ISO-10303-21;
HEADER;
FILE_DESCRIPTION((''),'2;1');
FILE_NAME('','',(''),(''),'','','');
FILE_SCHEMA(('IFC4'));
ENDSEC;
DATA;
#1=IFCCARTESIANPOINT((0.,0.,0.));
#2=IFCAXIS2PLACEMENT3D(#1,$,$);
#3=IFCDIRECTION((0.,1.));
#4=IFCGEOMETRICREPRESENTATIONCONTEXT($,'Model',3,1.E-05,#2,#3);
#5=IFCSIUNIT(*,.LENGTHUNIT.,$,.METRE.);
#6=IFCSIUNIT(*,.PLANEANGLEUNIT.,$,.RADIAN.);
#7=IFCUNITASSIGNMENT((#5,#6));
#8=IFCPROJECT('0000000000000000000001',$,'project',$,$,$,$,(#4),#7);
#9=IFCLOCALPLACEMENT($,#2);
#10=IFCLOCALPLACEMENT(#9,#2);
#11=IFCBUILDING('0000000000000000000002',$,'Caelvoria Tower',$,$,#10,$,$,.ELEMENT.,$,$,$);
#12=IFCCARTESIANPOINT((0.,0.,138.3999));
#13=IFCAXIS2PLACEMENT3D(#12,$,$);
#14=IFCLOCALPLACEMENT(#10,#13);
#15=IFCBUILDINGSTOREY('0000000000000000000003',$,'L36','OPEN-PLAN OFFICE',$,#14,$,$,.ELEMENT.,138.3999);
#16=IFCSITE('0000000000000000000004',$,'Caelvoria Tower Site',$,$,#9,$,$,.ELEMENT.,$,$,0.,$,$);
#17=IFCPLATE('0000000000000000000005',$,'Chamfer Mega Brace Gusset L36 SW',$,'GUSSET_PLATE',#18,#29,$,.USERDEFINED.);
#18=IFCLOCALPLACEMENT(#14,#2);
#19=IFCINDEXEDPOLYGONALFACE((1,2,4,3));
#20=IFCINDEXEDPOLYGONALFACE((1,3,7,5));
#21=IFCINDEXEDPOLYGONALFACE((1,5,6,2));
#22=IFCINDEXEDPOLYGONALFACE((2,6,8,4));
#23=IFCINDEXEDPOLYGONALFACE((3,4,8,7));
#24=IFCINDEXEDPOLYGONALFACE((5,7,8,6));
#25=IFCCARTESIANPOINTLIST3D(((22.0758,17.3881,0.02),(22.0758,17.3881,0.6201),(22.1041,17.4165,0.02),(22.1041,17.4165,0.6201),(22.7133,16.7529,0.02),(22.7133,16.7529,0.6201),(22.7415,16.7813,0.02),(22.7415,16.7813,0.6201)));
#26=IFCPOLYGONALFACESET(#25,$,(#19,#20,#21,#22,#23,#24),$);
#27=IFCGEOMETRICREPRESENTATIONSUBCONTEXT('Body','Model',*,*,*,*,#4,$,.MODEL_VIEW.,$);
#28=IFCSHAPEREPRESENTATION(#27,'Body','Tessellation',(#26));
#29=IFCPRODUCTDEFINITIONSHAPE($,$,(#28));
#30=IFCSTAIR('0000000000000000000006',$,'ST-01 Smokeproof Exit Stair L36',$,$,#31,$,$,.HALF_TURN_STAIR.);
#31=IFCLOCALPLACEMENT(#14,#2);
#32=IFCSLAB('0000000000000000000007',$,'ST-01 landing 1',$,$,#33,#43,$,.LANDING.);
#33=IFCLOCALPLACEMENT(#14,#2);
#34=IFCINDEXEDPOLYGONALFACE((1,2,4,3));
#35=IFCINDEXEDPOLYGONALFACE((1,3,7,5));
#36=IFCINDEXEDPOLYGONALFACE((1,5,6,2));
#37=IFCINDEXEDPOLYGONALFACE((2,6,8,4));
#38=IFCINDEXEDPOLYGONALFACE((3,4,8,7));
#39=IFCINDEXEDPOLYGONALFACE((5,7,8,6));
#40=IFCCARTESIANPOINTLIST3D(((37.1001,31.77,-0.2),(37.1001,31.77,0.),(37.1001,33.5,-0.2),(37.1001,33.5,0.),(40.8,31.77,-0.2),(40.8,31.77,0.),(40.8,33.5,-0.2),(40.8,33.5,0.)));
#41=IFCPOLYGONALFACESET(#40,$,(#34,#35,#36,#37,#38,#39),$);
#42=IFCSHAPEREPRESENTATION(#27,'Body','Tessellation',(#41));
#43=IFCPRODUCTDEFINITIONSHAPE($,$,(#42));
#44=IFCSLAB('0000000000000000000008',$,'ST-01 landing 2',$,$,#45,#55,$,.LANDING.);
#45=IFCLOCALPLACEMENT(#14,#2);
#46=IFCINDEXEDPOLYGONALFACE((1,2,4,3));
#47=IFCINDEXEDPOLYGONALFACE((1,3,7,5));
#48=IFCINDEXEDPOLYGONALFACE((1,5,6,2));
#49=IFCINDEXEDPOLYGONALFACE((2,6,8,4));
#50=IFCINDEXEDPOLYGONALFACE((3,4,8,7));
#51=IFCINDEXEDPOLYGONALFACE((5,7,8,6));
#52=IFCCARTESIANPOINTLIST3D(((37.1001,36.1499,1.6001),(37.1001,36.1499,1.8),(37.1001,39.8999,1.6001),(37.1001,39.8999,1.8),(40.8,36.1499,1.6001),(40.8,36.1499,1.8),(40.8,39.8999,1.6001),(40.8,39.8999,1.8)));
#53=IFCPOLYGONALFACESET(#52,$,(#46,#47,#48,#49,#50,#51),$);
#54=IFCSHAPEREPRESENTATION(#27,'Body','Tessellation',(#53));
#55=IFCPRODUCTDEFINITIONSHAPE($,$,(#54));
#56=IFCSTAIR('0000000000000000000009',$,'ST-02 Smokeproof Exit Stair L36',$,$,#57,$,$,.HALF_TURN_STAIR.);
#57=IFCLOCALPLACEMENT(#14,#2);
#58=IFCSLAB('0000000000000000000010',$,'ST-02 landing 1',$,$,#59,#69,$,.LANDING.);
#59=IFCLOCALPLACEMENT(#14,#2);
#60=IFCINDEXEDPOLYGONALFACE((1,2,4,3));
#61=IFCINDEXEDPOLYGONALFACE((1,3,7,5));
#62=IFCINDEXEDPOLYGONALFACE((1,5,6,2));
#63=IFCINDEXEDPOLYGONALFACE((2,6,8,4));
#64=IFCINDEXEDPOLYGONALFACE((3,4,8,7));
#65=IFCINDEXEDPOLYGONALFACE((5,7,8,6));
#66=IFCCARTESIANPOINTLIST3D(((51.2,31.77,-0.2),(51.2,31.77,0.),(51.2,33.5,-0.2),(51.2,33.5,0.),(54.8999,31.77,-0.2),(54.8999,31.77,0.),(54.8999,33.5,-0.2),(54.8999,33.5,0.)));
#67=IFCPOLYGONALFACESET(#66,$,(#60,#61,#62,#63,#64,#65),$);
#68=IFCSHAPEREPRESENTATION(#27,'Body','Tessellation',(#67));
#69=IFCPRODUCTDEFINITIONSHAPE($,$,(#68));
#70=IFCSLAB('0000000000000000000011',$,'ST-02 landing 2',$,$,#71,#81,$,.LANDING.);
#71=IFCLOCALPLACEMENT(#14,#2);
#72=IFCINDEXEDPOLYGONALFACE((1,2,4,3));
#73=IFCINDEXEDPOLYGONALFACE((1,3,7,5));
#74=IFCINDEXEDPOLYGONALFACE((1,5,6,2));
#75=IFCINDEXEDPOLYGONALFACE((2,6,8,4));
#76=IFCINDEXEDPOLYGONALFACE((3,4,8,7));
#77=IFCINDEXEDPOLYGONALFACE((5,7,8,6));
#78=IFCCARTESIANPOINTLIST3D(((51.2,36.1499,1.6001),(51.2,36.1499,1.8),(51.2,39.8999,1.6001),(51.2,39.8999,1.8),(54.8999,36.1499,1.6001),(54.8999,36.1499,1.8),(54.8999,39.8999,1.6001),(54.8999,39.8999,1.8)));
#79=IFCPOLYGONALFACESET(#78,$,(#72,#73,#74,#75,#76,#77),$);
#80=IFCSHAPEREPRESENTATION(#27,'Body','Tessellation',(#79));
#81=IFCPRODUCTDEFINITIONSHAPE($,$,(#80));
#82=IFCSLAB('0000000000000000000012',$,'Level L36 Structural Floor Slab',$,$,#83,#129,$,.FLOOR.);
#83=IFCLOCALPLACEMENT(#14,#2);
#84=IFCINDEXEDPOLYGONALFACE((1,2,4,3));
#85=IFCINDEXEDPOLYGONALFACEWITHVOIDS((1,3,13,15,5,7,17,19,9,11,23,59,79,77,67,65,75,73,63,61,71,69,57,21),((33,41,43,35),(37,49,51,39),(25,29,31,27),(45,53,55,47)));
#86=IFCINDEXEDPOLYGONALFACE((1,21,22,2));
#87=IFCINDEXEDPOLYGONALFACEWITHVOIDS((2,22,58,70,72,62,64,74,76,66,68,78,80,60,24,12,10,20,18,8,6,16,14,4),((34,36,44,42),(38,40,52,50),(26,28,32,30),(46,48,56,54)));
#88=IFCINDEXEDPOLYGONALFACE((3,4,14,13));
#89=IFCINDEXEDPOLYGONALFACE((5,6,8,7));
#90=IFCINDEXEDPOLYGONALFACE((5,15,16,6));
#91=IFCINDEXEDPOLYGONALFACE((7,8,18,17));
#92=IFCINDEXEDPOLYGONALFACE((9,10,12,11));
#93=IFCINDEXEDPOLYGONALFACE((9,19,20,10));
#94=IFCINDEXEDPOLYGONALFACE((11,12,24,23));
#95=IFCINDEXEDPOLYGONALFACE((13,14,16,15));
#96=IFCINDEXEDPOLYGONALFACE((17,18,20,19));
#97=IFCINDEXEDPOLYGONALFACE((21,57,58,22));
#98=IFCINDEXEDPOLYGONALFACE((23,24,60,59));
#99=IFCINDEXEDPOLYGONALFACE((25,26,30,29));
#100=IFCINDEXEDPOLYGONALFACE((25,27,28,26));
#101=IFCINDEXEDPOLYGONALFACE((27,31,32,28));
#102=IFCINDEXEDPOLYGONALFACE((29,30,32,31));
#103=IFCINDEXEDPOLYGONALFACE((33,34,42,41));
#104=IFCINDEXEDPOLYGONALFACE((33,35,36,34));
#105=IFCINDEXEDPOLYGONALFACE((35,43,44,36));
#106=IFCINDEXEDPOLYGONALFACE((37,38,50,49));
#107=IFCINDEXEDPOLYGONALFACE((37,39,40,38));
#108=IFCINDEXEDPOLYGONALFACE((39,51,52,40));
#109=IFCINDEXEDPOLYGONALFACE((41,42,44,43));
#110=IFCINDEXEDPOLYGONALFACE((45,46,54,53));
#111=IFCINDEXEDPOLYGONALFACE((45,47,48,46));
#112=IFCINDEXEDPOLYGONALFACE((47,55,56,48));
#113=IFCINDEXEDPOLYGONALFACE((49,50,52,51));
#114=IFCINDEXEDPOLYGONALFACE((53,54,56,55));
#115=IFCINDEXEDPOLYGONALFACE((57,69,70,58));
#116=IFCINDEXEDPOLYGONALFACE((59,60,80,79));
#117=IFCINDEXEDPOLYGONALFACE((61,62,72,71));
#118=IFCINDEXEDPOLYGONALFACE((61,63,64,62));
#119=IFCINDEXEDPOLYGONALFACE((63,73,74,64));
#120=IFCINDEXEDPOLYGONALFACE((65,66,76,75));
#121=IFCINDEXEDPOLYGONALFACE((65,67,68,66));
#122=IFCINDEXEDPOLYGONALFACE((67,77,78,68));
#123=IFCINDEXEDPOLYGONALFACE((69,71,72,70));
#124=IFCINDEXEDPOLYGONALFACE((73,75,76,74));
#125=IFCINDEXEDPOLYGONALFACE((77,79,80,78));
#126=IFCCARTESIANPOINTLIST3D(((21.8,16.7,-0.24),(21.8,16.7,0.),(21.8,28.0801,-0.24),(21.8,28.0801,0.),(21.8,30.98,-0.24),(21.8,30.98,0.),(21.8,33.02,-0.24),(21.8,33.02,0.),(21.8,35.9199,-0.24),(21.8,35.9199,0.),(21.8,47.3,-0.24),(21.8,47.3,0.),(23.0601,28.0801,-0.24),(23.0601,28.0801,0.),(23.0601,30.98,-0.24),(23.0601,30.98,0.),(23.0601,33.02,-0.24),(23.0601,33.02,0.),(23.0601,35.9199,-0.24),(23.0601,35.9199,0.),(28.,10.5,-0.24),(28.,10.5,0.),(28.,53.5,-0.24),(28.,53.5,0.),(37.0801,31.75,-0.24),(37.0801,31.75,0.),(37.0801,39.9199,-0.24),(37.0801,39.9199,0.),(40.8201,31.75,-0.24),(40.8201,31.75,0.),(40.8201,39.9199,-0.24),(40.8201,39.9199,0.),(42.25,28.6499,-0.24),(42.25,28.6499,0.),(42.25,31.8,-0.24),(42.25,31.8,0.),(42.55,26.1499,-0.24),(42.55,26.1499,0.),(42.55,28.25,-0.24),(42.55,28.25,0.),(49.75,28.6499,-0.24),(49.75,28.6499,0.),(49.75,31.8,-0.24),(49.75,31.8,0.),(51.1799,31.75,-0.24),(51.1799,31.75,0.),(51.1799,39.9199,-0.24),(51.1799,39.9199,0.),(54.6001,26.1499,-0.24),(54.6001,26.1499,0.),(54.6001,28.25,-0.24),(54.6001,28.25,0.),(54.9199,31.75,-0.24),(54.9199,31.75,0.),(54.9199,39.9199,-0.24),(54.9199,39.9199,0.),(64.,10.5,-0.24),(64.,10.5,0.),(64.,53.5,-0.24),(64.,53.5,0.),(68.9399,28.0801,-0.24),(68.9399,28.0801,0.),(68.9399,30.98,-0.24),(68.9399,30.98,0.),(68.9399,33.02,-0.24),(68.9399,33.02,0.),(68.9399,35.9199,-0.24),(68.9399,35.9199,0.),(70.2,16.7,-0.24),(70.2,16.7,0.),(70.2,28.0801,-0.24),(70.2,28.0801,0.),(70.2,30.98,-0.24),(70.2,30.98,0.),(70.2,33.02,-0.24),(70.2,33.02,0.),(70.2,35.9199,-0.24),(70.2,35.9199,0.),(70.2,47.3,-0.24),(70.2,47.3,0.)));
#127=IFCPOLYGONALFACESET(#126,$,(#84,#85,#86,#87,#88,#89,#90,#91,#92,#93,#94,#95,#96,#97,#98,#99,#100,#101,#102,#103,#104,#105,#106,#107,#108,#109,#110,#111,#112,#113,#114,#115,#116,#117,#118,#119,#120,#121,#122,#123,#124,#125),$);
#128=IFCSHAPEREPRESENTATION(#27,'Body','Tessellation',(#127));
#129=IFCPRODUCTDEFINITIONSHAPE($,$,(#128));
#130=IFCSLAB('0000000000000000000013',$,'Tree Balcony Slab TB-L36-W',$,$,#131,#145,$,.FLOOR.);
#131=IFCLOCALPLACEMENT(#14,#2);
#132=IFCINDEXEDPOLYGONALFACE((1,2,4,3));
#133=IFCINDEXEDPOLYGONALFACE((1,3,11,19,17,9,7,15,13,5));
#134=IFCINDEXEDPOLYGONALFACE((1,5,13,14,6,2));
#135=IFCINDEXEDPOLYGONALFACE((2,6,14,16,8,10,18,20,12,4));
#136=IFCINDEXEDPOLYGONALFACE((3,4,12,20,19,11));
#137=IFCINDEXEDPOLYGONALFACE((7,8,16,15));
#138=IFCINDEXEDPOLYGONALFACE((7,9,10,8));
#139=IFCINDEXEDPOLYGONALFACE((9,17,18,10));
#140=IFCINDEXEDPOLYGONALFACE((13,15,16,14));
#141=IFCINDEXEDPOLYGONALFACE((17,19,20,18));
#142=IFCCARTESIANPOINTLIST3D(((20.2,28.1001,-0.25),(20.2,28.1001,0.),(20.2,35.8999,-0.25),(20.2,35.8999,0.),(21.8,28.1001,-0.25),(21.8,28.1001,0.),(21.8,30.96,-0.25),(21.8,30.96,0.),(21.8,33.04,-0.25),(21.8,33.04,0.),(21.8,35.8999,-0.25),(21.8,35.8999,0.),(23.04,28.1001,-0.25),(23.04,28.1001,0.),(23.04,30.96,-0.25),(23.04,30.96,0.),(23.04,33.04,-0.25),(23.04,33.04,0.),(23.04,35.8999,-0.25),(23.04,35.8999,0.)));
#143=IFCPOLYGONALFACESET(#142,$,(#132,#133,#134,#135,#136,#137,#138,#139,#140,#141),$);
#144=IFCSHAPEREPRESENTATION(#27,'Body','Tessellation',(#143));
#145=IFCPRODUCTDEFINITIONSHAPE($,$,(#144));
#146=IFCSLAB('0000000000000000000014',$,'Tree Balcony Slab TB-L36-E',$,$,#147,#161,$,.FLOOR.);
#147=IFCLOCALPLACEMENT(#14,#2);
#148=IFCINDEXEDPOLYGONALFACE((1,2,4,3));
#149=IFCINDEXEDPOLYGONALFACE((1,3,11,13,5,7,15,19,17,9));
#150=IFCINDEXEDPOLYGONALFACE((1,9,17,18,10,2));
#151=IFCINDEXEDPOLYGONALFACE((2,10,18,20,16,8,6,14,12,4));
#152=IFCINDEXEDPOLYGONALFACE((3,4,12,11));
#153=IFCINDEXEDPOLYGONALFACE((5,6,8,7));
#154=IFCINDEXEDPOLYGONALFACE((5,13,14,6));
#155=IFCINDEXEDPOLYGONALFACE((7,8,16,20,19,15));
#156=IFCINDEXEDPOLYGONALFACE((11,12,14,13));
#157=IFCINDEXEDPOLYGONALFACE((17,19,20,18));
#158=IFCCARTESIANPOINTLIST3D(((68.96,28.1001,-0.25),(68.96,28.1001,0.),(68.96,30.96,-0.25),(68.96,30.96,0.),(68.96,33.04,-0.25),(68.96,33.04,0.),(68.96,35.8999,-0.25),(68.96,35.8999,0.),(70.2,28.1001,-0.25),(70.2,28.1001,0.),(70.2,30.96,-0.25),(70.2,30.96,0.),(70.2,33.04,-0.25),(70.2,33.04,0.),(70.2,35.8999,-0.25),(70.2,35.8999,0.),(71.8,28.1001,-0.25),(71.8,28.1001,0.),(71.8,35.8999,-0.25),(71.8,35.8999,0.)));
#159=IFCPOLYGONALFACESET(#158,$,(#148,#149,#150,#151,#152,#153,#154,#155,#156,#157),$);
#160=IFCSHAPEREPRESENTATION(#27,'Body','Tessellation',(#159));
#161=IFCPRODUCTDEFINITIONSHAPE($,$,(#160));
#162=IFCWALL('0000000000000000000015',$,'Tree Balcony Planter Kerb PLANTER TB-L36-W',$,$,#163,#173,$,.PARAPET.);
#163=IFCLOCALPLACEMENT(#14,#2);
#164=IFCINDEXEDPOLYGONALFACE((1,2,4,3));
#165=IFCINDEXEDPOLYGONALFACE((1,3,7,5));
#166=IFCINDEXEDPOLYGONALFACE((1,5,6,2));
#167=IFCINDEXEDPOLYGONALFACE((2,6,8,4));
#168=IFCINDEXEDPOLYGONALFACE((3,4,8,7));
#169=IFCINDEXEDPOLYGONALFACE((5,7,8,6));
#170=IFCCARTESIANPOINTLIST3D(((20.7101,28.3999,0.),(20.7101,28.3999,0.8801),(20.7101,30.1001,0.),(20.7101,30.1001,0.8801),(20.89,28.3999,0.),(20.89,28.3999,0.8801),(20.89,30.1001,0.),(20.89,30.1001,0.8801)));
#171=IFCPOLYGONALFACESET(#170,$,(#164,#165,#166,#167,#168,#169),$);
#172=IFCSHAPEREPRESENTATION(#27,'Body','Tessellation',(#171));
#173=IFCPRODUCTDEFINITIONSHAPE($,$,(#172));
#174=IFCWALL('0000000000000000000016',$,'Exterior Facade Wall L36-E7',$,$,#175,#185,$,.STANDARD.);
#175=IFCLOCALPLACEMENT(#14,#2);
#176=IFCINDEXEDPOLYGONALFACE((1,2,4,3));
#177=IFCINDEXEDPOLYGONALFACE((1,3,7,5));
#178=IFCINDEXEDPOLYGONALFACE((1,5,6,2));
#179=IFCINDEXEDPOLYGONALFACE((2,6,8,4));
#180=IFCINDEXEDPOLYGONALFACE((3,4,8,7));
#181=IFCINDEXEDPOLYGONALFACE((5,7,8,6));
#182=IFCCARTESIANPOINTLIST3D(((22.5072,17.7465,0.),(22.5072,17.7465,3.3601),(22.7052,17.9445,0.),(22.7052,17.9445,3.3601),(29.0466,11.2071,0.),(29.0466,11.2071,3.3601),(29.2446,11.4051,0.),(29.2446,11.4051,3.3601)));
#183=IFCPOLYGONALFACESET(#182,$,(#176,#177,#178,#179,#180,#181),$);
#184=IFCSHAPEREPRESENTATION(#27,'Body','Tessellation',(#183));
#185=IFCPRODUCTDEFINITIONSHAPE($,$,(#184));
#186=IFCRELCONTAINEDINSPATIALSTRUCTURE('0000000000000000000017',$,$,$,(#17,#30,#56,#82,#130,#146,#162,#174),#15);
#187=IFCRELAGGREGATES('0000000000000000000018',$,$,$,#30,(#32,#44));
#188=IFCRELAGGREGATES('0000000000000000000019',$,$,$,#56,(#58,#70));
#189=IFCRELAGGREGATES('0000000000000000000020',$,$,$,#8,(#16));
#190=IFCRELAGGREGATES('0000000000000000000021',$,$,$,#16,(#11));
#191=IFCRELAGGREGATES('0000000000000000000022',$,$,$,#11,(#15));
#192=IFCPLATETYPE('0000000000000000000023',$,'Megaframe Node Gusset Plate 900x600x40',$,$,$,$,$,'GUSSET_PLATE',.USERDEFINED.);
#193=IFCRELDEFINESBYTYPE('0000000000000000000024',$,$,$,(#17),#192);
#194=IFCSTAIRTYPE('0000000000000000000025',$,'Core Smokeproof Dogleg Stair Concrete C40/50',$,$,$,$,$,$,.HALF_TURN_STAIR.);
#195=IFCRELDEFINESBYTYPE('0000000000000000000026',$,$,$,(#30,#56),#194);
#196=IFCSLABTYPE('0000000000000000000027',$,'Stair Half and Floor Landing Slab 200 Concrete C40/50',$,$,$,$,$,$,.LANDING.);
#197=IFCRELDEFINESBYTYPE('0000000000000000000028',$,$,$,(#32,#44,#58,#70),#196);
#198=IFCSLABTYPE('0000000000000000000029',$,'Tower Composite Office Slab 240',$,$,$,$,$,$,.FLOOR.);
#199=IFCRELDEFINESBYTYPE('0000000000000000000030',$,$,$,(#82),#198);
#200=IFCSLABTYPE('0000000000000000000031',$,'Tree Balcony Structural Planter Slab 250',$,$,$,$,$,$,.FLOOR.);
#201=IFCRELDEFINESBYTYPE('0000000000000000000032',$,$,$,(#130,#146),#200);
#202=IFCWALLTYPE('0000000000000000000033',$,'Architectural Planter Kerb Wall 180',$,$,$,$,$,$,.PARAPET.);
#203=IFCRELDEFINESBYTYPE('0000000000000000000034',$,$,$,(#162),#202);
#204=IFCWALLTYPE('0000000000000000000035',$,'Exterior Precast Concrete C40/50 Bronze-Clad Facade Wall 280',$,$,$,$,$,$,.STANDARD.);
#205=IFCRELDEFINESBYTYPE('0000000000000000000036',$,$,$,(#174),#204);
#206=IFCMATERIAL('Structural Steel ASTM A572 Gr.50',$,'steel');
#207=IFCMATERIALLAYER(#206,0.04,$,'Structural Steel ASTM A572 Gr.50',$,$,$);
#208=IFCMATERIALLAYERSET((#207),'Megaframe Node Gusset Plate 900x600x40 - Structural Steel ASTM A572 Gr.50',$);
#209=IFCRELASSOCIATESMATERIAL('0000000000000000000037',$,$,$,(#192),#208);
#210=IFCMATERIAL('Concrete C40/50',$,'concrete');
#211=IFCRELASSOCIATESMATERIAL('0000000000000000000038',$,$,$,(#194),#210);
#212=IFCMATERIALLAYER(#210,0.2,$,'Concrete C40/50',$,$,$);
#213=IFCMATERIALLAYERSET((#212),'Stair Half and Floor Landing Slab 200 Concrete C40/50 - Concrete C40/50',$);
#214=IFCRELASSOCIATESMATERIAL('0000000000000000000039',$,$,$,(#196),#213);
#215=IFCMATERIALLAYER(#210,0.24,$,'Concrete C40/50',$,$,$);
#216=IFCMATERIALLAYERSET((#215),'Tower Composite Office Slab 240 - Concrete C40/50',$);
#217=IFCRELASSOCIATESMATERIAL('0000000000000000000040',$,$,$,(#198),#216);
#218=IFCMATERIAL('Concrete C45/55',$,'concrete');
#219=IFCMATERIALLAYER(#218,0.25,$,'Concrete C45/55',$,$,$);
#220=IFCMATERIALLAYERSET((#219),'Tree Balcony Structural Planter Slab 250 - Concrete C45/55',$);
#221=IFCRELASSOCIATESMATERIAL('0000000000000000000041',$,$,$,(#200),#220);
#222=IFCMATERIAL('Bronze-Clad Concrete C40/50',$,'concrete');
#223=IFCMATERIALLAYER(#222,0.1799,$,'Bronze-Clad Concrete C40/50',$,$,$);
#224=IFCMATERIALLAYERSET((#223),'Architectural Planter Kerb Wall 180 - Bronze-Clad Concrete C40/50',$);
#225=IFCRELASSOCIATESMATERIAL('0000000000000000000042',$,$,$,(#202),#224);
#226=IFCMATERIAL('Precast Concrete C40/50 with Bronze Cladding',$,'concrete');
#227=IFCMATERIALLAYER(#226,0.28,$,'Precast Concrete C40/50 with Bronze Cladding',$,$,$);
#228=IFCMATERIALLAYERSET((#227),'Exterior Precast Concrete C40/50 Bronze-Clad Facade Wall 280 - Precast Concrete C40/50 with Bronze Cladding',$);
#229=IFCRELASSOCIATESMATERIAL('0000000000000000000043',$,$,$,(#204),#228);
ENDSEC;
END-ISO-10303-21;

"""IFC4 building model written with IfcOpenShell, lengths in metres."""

from ifc_helpers import new_model, si_unit, direction, frame, frame_2d, origin, origin_2d, place, context, subcontext, project, spatial, polyline, rectangle, outline, extrude, material, layer, layer_set, type_object, element, aggregate, save


model = new_model("IFC4")

# Units and contexts
model_context = context("Model", 3, precision=1e-05, world=origin(), true_north=direction((0.0, 1.0)))
body_context = subcontext(model_context, "Body", "Model", "MODEL_VIEW")
ifc_project = project(units=[si_unit("LENGTHUNIT", "METRE"), si_unit("PLANEANGLEUNIT", "RADIAN")], contexts=[model_context])

# Site, building, storey
site_placement = place(None, origin())
site = spatial("IfcSite", under=ifc_project, at=site_placement, Name="Caelvoria Tower Site", CompositionType="ELEMENT", RefElevation=0.0)
building_placement = place(site_placement, origin())
building = spatial("IfcBuilding", under=site, at=building_placement, Name="Caelvoria Tower", CompositionType="ELEMENT")
storey_placement = place(building_placement, frame((0.0, 0.0, 138.3999)))
storey = spatial("IfcBuildingStorey", under=building, at=storey_placement, Name="L36", Description="OPEN-PLAN OFFICE", CompositionType="ELEMENT", Elevation=138.3999)

# Shared definitions
ifc_material_1 = material(Name="Structural Steel ASTM A572 Gr.50", Category="steel")

# Plate
ifc_layer_1 = layer(ifc_material_1, 0.04, Name="Structural Steel ASTM A572 Gr.50")
ifc_layer_set_1 = layer_set([ifc_layer_1], Name="Megaframe Node Gusset Plate 900x600x40 - Structural Steel ASTM A572 Gr.50")
plate_type = type_object("IfcPlateType", Name="Megaframe Node Gusset Plate 900x600x40", ElementType="GUSSET_PLATE", PredefinedType="USERDEFINED", material=ifc_layer_set_1)
plate_placement = place(storey_placement, frame((22.4087, 17.0847, 0.02), z_axis=(0.0, 0.0, 1.0), x_axis=(0.708329, -0.705883, 0.0)))
element("IfcPlate", 1, at=plate_placement, inside=storey, type_object=plate_type, Name="Chamfer Mega Brace Gusset L36 SW", ObjectType="GUSSET_PLATE", PredefinedType="USERDEFINED", context=body_context, shape_type="SweptSolid", body=[
    extrude(rectangle(XDim=0.8999, YDim=0.04, at=origin_2d()), origin(), (0.0, 0.0, 1.0), 0.6001),
])

# Stairs, slabs
ifc_material_2 = material(Name="Concrete C40/50", Category="concrete")
stair_type = type_object("IfcStairType", Name="Core Smokeproof Dogleg Stair Concrete C40/50", PredefinedType="HALF_TURN_STAIR", material=ifc_material_2)
stair_1_placement = place(storey_placement, origin())
stair_1 = element("IfcStair", 2, at=stair_1_placement, inside=storey, type_object=stair_type, Name="ST-01 Smokeproof Exit Stair L36", PredefinedType="HALF_TURN_STAIR")
ifc_layer_2 = layer(ifc_material_2, 0.2, Name="Concrete C40/50")
ifc_layer_set_2 = layer_set([ifc_layer_2], Name="Stair Half and Floor Landing Slab 200 Concrete C40/50 - Concrete C40/50")
slab_type_1 = type_object("IfcSlabType", Name="Stair Half and Floor Landing Slab 200 Concrete C40/50", PredefinedType="LANDING", material=ifc_layer_set_2)
slab_1_placement = place(storey_placement, frame((0.0, 0.0, -0.2)))
slab_1 = element("IfcSlab", 3, at=slab_1_placement, type_object=slab_type_1, Name="ST-01 landing 1", PredefinedType="LANDING", context=body_context, shape_type="SweptSolid", body=[
    extrude(outline(polyline([(37.1001, 31.77), (40.8, 31.77), (40.8, 33.5), (37.1001, 33.5), (37.1001, 31.77)])), origin(), (0.0, 0.0, 1.0), 0.2),
])
slab_2_placement = place(storey_placement, frame((0.0, 0.0, 1.6001)))
slab_2 = element("IfcSlab", 4, at=slab_2_placement, type_object=slab_type_1, Name="ST-01 landing 2", PredefinedType="LANDING", context=body_context, shape_type="SweptSolid", body=[
    extrude(outline(polyline([(37.1001, 36.1499), (40.8, 36.1499), (40.8, 39.8999), (37.1001, 39.8999), (37.1001, 36.1499)])), origin(), (0.0, 0.0, 1.0), 0.2),
])
aggregate(stair_1, [slab_1, slab_2])
stair_2_placement = place(storey_placement, origin())
stair_2 = element("IfcStair", 5, at=stair_2_placement, inside=storey, type_object=stair_type, Name="ST-02 Smokeproof Exit Stair L36", PredefinedType="HALF_TURN_STAIR")
slab_3_placement = place(storey_placement, frame((0.0, 0.0, -0.2)))
slab_3 = element("IfcSlab", 6, at=slab_3_placement, type_object=slab_type_1, Name="ST-02 landing 1", PredefinedType="LANDING", context=body_context, shape_type="SweptSolid", body=[
    extrude(outline(polyline([(51.2, 31.77), (54.8999, 31.77), (54.8999, 33.5), (51.2, 33.5), (51.2, 31.77)])), origin(), (0.0, 0.0, 1.0), 0.2),
])
slab_4_placement = place(storey_placement, frame((0.0, 0.0, 1.6001)))
slab_4 = element("IfcSlab", 7, at=slab_4_placement, type_object=slab_type_1, Name="ST-02 landing 2", PredefinedType="LANDING", context=body_context, shape_type="SweptSolid", body=[
    extrude(outline(polyline([(51.2, 36.1499), (54.8999, 36.1499), (54.8999, 39.8999), (51.2, 39.8999), (51.2, 36.1499)])), origin(), (0.0, 0.0, 1.0), 0.2),
])
aggregate(stair_2, [slab_3, slab_4])

# Slabs
ifc_layer_3 = layer(ifc_material_2, 0.24, Name="Concrete C40/50")
ifc_layer_set_3 = layer_set([ifc_layer_3], Name="Tower Composite Office Slab 240 - Concrete C40/50")
slab_type_2 = type_object("IfcSlabType", Name="Tower Composite Office Slab 240", PredefinedType="FLOOR", material=ifc_layer_set_3)
slab_5_placement = place(storey_placement, frame((0.0, 0.0, -0.24)))
element("IfcSlab", 8, at=slab_5_placement, inside=storey, type_object=slab_type_2, Name="Level L36 Structural Floor Slab", PredefinedType="FLOOR", context=body_context, shape_type="SweptSolid", body=[
    extrude(outline(polyline([(64.0, 53.5), (28.0, 53.5), (21.8, 47.3), (21.8, 35.9199), (23.0601, 35.9199), (23.0601, 33.02), (21.8, 33.02), (21.8, 30.98), (23.0601, 30.98), (23.0601, 28.0801), (21.8, 28.0801), (21.8, 16.7), (28.0, 10.5), (64.0, 10.5), (70.2, 16.7), (70.2, 28.0801), (68.9399, 28.0801), (68.9399, 30.98), (70.2, 30.98), (70.2, 33.02), (68.9399, 33.02), (68.9399, 35.9199), (70.2, 35.9199), (70.2, 47.3), (64.0, 53.5)]), holes=[polyline([(37.0801, 31.75), (40.8201, 31.75), (40.8201, 39.9199), (37.0801, 39.9199), (37.0801, 31.75)]), polyline([(51.1799, 31.75), (54.9199, 31.75), (54.9199, 39.9199), (51.1799, 39.9199), (51.1799, 31.75)]), polyline([(42.25, 28.6499), (49.75, 28.6499), (49.75, 31.8), (42.25, 31.8), (42.25, 28.6499)]), polyline([(42.55, 26.1499), (54.6001, 26.1499), (54.6001, 28.25), (42.55, 28.25), (42.55, 26.1499)])]), origin(), (0.0, 0.0, 1.0), 0.24),
])
ifc_material_3 = material(Name="Concrete C45/55", Category="concrete")
ifc_layer_4 = layer(ifc_material_3, 0.25, Name="Concrete C45/55")
ifc_layer_set_4 = layer_set([ifc_layer_4], Name="Tree Balcony Structural Planter Slab 250 - Concrete C45/55")
slab_type_3 = type_object("IfcSlabType", Name="Tree Balcony Structural Planter Slab 250", PredefinedType="FLOOR", material=ifc_layer_set_4)
slab_6_placement = place(storey_placement, frame((0.0, 0.0, -0.25)))
element("IfcSlab", 9, at=slab_6_placement, inside=storey, type_object=slab_type_3, Name="Tree Balcony Slab TB-L36-W", PredefinedType="FLOOR", context=body_context, shape_type="SweptSolid", body=[
    extrude(outline(polyline([(20.2, 28.1001), (21.8, 28.1001), (23.04, 28.1001), (23.04, 30.96), (21.8, 30.96), (21.8, 33.04), (23.04, 33.04), (23.04, 35.8999), (21.8, 35.8999), (20.2, 35.8999), (20.2, 28.1001)])), origin(), (0.0, 0.0, 1.0), 0.25),
])
slab_7_placement = place(storey_placement, frame((0.0, 0.0, -0.25)))
element("IfcSlab", 10, at=slab_7_placement, inside=storey, type_object=slab_type_3, Name="Tree Balcony Slab TB-L36-E", PredefinedType="FLOOR", context=body_context, shape_type="SweptSolid", body=[
    extrude(outline(polyline([(70.2, 35.8999), (68.96, 35.8999), (68.96, 33.04), (70.2, 33.04), (70.2, 30.96), (68.96, 30.96), (68.96, 28.1001), (70.2, 28.1001), (71.8, 28.1001), (71.8, 35.8999), (70.2, 35.8999)])), origin(), (0.0, 0.0, 1.0), 0.25),
])

# Walls
ifc_material_4 = material(Name="Bronze-Clad Concrete C40/50", Category="concrete")
ifc_layer_5 = layer(ifc_material_4, 0.1799, Name="Bronze-Clad Concrete C40/50")
ifc_layer_set_5 = layer_set([ifc_layer_5], Name="Architectural Planter Kerb Wall 180 - Bronze-Clad Concrete C40/50")
wall_type_1 = type_object("IfcWallType", Name="Architectural Planter Kerb Wall 180", PredefinedType="PARAPET", material=ifc_layer_set_5)
wall_1_placement = place(storey_placement, frame((20.8, 28.3999, 0.0), z_axis=(0.0, 0.0, 1.0), x_axis=(0.0, 1.0, 0.0)))
element("IfcWall", 11, at=wall_1_placement, inside=storey, type_object=wall_type_1, Name="Tree Balcony Planter Kerb PLANTER TB-L36-W", PredefinedType="PARAPET", context=body_context, shape_type="SweptSolid", body=[
    extrude(rectangle(XDim=1.7002, YDim=0.1799, at=frame_2d((0.8501, 0.0))), origin(), (0.0, 0.0, 1.0), 0.8801),
])
ifc_material_5 = material(Name="Precast Concrete C40/50 with Bronze Cladding", Category="concrete")
ifc_layer_6 = layer(ifc_material_5, 0.28, Name="Precast Concrete C40/50 with Bronze Cladding")
ifc_layer_set_6 = layer_set([ifc_layer_6], Name="Exterior Precast Concrete C40/50 Bronze-Clad Facade Wall 280 - Precast Concrete C40/50 with Bronze Cladding")
wall_type_2 = type_object("IfcWallType", Name="Exterior Precast Concrete C40/50 Bronze-Clad Facade Wall 280", PredefinedType="STANDARD", material=ifc_layer_set_6)
wall_2_placement = place(storey_placement, frame((22.6062, 17.8455, 0.0), z_axis=(0.0, 0.0, 1.0), x_axis=(0.707107, -0.707107, 0.0)))
element("IfcWall", 12, at=wall_2_placement, inside=storey, type_object=wall_type_2, Name="Exterior Facade Wall L36-E7", PredefinedType="STANDARD", context=body_context, shape_type="SweptSolid", body=[
    extrude(rectangle(XDim=9.248, YDim=0.28, at=frame_2d((4.624, 0.0))), origin(), (0.0, 0.0, 1.0), 3.3601),
])

save(model, "model.ifc")
